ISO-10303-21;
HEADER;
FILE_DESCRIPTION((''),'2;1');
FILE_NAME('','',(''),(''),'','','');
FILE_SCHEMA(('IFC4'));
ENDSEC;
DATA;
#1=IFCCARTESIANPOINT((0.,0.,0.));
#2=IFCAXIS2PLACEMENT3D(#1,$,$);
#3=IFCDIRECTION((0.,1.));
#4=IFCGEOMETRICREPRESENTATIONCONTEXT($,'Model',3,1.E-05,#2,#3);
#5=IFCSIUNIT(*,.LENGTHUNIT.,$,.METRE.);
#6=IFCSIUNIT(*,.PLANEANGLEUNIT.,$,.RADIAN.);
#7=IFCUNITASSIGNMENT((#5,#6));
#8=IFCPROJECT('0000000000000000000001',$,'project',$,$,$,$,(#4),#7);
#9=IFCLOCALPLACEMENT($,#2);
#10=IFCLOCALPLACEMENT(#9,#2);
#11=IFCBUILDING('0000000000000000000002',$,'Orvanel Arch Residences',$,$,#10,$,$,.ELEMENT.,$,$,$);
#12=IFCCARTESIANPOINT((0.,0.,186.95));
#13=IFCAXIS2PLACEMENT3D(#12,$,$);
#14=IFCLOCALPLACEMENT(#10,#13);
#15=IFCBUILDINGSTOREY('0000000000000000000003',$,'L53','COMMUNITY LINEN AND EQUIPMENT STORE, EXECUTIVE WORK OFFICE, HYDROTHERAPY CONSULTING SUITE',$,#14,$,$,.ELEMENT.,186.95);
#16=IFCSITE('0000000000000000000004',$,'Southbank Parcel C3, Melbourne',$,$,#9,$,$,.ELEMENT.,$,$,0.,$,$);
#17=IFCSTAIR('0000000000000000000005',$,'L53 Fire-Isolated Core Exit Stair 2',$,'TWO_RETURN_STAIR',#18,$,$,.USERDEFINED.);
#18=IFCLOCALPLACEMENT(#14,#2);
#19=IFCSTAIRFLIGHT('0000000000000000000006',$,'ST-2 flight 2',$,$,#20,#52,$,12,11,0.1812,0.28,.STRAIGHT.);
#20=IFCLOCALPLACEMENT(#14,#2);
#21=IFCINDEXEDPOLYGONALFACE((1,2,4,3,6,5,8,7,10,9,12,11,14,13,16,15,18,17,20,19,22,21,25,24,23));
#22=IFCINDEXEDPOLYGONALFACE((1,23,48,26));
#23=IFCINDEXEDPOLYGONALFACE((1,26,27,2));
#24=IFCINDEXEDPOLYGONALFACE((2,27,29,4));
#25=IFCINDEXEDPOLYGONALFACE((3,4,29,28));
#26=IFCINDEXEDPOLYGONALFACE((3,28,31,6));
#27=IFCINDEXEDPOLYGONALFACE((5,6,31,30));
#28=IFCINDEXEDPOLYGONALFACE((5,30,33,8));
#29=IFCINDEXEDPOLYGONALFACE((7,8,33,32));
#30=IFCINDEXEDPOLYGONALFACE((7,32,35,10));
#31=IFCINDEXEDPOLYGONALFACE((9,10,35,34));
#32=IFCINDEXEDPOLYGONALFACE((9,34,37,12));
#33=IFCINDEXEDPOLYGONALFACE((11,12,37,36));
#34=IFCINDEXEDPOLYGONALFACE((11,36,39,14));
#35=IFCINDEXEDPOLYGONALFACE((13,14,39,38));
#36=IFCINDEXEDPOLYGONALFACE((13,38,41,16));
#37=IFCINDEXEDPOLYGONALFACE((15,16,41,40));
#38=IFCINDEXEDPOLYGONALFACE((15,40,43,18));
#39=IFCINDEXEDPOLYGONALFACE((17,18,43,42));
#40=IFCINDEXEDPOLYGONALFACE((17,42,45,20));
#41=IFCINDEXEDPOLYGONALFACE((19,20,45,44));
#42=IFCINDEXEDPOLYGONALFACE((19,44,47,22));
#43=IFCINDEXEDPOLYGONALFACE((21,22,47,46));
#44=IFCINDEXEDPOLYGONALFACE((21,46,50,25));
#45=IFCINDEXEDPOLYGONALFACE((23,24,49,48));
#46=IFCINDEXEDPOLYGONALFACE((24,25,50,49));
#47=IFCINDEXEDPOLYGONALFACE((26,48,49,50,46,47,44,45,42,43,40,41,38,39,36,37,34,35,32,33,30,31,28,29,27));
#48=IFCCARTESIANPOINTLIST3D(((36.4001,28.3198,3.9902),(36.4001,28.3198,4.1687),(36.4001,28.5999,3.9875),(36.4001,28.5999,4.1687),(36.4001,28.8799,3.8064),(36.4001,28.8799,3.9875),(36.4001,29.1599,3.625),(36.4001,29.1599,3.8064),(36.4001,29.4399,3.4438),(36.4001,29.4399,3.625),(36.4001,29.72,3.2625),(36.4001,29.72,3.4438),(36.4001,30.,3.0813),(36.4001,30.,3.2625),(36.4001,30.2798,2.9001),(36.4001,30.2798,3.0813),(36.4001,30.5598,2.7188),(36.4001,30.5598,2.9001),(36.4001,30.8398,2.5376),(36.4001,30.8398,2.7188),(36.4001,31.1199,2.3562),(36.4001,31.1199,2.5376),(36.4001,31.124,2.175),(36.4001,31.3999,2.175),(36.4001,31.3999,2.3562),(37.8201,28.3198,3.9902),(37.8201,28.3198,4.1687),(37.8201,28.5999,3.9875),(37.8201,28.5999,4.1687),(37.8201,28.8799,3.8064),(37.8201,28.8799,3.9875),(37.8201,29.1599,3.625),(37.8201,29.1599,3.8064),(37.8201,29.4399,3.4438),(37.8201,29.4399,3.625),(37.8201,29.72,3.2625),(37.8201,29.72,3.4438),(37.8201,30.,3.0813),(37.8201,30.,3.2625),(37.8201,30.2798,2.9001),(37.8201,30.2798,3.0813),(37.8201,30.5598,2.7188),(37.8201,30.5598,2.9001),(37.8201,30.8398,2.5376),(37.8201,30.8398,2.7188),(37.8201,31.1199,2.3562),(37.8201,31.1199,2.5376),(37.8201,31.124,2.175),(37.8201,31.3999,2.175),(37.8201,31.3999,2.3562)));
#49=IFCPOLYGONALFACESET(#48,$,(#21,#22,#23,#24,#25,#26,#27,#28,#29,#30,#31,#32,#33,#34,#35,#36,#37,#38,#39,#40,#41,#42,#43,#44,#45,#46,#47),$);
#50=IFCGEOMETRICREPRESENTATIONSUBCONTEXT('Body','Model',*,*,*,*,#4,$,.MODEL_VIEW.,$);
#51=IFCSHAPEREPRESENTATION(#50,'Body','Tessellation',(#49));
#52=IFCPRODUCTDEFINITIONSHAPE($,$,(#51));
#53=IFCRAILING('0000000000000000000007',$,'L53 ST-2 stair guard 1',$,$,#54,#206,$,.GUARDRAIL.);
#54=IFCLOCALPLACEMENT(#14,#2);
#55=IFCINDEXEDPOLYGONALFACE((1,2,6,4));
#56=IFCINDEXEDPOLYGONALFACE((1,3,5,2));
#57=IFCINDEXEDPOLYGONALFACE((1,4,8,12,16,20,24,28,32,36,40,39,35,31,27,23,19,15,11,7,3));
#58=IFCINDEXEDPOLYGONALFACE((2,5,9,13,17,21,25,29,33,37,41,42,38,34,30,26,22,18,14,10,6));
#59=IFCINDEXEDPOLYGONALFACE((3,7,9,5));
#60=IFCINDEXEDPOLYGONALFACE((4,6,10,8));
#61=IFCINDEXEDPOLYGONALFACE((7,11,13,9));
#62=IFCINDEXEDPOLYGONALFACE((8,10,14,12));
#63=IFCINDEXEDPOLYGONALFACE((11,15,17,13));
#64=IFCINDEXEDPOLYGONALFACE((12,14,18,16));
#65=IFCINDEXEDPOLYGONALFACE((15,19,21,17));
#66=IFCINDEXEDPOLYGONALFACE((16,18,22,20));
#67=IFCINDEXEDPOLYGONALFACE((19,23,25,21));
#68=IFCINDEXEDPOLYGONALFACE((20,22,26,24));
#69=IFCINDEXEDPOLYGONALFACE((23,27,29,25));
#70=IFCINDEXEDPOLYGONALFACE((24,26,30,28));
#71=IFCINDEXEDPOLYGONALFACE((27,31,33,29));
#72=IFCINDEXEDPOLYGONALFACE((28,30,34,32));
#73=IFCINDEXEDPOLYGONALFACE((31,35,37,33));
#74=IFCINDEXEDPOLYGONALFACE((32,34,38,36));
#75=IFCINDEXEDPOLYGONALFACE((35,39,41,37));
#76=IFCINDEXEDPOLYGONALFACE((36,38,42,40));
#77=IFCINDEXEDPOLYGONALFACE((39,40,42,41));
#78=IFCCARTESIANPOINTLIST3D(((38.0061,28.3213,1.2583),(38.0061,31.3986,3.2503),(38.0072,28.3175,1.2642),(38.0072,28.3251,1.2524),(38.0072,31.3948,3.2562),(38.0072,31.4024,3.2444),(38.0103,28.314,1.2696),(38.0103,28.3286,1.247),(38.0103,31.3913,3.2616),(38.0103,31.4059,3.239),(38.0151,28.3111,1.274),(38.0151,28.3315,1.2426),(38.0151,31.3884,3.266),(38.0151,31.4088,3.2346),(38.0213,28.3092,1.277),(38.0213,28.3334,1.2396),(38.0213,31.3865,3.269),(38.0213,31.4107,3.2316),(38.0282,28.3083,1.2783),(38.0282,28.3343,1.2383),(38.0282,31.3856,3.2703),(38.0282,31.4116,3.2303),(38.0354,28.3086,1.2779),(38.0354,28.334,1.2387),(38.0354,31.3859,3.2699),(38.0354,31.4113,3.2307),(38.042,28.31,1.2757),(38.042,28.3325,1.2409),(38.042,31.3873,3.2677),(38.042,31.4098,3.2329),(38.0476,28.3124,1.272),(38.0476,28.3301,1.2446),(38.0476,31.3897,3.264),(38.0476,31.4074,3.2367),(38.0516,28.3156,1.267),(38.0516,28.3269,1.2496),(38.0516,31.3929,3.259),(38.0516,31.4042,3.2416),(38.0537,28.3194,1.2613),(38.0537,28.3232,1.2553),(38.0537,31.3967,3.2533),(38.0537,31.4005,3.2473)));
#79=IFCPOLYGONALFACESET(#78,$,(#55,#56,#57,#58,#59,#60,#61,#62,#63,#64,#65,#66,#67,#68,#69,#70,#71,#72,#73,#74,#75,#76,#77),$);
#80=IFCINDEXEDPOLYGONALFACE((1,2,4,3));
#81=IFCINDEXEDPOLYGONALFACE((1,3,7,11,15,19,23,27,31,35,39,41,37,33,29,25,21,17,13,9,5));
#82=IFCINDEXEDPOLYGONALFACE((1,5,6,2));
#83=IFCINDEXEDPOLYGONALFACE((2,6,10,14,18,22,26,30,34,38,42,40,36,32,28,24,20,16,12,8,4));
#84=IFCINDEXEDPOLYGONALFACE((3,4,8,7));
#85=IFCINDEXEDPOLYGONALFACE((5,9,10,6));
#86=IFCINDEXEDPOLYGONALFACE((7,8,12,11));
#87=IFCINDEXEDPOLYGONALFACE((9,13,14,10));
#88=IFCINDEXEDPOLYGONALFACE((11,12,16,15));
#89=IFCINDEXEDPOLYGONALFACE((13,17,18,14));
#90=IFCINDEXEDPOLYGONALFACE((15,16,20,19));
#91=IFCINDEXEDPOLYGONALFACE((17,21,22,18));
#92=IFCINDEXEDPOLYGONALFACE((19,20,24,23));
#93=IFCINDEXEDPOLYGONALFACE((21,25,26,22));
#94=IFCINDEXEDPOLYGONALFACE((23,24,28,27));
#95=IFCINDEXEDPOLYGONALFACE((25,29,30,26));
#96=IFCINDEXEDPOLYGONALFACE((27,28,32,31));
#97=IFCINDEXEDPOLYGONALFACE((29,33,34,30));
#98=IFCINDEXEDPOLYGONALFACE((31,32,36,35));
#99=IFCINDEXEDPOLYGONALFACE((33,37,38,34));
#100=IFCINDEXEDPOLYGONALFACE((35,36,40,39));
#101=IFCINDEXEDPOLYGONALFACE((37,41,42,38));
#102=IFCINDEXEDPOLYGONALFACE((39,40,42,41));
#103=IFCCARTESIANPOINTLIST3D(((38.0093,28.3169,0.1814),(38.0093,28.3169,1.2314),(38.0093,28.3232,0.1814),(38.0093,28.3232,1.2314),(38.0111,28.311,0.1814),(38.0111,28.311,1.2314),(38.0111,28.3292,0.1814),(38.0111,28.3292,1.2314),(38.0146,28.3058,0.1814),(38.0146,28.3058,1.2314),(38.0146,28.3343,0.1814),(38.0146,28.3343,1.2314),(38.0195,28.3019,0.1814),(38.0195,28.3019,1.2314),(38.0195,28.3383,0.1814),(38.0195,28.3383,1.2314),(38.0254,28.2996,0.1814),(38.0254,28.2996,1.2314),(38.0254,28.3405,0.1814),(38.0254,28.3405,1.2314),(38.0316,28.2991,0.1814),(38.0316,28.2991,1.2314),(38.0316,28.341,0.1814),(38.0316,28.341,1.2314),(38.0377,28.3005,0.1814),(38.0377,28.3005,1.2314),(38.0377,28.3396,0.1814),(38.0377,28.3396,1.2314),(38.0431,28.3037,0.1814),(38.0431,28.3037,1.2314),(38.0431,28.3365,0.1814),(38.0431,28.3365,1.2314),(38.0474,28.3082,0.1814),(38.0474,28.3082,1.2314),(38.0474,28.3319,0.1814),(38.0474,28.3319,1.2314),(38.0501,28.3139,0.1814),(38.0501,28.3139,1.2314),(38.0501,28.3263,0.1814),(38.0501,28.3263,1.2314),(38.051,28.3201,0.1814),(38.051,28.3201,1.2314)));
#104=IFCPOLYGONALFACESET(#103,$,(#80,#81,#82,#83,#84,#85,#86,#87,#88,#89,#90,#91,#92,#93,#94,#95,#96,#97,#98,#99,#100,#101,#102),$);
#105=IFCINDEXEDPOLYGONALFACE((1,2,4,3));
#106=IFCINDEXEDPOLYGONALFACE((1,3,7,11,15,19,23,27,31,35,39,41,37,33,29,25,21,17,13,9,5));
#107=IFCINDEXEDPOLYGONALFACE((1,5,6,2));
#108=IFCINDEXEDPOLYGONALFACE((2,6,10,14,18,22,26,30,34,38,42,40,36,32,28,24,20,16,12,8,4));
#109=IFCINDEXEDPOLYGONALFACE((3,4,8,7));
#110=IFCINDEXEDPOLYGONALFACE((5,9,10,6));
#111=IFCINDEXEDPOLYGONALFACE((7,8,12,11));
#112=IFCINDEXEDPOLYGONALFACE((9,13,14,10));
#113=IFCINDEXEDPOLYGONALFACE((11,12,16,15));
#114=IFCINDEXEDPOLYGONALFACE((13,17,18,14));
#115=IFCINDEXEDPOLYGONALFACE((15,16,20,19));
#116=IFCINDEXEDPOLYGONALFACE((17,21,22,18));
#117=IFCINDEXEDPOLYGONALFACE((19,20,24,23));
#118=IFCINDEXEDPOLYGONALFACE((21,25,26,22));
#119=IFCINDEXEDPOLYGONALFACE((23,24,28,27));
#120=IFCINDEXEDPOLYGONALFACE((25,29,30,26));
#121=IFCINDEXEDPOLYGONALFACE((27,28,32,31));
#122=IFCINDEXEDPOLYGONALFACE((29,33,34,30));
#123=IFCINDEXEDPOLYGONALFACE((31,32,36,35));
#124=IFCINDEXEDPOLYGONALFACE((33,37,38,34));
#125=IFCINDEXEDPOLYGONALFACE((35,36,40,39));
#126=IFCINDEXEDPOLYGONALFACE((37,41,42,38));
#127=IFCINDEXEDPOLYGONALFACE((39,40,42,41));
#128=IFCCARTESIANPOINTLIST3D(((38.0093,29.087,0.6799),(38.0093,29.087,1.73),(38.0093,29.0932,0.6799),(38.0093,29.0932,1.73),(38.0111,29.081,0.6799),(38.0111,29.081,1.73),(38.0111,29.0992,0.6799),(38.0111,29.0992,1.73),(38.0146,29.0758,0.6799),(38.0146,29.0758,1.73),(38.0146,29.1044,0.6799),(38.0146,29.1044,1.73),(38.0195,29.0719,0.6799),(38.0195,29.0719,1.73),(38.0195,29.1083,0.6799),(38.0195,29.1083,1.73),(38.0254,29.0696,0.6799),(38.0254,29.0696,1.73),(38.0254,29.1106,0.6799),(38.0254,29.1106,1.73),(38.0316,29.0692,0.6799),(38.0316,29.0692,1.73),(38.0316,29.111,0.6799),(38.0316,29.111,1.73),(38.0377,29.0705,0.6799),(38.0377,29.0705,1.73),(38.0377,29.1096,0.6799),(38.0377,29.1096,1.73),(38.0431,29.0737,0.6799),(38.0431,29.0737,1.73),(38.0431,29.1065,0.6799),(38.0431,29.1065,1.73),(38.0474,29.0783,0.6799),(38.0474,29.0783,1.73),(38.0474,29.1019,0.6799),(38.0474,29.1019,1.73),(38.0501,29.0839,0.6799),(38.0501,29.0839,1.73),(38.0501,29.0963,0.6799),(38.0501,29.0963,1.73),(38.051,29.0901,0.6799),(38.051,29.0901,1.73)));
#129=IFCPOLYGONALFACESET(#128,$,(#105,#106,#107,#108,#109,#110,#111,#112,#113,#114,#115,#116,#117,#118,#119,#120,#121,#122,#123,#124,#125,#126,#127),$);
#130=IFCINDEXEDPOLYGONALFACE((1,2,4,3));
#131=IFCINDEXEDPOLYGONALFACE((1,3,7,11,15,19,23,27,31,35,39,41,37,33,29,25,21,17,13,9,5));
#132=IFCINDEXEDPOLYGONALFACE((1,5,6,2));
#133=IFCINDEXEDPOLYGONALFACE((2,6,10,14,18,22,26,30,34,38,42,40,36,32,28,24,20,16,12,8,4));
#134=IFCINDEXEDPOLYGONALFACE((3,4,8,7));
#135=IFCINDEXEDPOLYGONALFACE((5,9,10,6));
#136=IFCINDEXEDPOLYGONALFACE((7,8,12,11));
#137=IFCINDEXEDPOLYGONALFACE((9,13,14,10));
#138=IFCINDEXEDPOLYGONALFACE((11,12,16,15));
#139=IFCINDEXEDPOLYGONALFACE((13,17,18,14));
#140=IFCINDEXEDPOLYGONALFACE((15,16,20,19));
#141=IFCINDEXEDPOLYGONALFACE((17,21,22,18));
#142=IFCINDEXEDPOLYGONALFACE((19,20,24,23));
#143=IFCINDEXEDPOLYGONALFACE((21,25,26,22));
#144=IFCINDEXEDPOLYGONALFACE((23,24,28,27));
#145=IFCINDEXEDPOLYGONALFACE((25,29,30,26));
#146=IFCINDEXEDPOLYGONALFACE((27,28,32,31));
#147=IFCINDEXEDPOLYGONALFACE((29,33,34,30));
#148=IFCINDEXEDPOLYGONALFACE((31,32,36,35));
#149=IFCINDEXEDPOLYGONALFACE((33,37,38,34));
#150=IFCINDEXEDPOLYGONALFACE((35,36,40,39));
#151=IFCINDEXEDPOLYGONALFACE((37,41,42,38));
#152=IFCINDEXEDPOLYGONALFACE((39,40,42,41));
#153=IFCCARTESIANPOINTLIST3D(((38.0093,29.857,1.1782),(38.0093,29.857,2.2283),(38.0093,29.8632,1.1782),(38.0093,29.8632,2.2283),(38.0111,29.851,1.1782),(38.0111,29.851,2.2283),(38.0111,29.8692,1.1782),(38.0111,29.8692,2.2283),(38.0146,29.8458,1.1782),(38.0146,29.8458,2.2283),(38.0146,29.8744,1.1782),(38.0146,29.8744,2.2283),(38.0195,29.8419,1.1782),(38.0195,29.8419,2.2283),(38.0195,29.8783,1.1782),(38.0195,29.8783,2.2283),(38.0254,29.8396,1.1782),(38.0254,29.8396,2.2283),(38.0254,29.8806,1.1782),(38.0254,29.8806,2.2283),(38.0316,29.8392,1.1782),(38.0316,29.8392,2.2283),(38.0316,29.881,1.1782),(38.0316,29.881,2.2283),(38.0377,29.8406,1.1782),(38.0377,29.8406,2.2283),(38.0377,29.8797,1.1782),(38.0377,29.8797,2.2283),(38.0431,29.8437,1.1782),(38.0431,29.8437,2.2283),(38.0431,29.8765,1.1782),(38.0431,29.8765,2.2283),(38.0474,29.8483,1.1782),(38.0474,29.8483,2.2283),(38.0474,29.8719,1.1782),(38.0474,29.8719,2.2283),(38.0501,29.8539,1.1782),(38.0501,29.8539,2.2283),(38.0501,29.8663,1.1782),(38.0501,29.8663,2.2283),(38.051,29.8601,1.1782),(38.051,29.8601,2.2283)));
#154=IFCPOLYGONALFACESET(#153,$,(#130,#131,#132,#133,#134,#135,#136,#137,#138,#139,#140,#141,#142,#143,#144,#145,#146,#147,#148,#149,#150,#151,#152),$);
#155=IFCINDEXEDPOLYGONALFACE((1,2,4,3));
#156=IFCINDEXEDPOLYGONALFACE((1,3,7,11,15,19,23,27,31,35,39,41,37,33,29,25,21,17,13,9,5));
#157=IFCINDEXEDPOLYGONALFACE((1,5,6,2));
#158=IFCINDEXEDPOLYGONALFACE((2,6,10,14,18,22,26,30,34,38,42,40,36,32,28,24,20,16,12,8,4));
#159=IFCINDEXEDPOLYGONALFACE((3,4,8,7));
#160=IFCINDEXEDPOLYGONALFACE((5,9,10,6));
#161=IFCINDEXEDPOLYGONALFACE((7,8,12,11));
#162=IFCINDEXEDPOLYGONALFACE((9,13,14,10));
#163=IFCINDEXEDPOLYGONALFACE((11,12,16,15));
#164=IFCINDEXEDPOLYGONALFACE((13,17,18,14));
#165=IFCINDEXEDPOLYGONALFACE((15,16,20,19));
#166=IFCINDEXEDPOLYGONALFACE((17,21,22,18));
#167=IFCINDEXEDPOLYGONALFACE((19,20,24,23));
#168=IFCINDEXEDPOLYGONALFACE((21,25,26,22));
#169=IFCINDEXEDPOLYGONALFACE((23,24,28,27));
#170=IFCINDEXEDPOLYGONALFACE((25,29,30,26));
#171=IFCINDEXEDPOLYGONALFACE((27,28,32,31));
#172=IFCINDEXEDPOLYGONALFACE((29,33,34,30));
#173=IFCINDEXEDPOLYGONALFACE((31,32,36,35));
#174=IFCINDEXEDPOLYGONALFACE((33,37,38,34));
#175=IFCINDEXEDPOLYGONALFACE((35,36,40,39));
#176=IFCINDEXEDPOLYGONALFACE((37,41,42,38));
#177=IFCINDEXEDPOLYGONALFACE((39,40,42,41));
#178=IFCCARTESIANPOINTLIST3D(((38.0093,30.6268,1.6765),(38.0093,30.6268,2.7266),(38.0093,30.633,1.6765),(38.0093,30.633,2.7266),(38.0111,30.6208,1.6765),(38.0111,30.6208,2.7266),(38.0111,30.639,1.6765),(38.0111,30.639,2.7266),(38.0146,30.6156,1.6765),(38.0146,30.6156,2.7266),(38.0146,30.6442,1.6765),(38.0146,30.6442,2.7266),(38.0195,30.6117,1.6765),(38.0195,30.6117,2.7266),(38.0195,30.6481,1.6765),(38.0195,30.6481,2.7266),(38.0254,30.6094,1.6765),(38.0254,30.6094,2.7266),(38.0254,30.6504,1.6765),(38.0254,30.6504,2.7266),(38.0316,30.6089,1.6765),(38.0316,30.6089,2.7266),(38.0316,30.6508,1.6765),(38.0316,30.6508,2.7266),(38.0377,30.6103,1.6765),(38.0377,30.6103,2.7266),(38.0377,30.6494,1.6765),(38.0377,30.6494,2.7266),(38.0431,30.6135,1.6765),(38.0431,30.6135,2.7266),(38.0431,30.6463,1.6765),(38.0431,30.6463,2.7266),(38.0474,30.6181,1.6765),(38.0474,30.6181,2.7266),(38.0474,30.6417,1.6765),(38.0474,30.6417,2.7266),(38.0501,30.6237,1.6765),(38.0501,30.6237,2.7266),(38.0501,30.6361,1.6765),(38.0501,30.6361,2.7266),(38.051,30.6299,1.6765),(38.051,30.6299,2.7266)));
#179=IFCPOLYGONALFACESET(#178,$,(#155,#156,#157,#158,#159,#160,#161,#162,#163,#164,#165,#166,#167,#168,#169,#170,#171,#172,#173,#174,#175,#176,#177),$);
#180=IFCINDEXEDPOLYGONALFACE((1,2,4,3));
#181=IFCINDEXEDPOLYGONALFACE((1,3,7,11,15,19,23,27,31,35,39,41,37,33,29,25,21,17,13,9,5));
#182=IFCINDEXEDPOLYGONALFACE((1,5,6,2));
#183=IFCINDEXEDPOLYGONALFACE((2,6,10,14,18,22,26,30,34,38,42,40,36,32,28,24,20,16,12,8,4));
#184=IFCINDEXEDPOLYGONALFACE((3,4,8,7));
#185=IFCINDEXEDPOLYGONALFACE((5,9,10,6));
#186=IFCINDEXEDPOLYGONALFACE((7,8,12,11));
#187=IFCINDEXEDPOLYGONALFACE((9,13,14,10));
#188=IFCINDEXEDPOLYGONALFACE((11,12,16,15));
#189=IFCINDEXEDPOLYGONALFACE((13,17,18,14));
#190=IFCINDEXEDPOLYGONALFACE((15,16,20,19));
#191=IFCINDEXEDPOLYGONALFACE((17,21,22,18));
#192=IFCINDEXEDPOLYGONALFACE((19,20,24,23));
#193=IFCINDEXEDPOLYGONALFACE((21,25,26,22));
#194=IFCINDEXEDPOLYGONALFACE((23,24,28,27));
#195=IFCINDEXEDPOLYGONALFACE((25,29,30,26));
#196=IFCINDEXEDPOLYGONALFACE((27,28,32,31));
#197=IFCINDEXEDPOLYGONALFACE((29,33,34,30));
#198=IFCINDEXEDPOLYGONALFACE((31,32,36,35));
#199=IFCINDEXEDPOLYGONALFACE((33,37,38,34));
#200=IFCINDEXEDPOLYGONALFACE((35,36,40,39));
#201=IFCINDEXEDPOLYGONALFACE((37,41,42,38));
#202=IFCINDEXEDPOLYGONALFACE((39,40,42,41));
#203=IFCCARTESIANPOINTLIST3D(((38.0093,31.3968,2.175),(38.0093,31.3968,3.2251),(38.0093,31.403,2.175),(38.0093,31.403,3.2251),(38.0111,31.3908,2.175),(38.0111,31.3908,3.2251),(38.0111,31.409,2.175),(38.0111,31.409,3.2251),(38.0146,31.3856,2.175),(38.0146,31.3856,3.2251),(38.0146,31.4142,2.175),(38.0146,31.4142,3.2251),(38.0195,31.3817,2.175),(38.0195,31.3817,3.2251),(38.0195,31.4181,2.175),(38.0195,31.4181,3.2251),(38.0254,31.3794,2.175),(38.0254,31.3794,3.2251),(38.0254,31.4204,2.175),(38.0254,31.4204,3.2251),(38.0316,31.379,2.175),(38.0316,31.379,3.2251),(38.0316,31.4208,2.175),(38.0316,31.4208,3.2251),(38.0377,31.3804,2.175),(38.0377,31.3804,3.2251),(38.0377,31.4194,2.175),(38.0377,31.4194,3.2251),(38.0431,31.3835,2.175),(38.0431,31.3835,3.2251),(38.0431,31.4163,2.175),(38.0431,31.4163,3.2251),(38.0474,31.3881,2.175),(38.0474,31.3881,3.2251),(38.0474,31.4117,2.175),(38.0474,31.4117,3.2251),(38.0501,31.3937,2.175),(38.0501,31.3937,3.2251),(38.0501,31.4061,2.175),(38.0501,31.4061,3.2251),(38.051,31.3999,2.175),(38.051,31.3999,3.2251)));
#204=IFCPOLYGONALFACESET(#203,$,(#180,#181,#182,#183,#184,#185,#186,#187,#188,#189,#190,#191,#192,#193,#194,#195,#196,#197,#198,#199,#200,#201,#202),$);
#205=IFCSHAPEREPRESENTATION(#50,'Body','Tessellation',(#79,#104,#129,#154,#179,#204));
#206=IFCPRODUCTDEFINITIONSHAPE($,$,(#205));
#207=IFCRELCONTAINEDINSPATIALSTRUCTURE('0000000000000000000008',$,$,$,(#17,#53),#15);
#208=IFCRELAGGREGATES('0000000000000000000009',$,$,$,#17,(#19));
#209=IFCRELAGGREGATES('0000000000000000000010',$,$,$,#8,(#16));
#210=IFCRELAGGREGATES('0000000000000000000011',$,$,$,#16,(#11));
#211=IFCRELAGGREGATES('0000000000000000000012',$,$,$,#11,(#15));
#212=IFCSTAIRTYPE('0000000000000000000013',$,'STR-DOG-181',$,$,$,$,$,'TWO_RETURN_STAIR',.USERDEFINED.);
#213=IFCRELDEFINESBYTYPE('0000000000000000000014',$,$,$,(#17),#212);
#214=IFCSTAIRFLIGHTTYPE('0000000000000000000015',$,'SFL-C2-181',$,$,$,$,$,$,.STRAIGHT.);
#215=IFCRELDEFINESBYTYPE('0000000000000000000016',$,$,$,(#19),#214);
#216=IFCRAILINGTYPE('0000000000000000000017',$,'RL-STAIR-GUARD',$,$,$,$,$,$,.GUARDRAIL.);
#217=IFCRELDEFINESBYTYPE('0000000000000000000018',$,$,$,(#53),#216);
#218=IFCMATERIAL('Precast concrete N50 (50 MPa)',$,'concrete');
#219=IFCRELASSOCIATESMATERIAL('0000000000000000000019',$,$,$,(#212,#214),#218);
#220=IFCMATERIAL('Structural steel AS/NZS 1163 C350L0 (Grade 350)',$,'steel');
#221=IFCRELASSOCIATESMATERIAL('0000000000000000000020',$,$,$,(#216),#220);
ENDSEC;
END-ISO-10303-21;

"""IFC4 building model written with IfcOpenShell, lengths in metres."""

from ifc_helpers import new_model, si_unit, direction, frame, origin, origin_2d, place, context, subcontext, project, spatial, polyline, circle, outline, extrude, material, type_object, element, aggregate, save


model = new_model("IFC4")

# Units and contexts
model_context = context("Model", 3, precision=1e-05, world=origin(), true_north=direction((0.0, 1.0)))
body_context = subcontext(model_context, "Body", "Model", "MODEL_VIEW")
ifc_project = project(units=[si_unit("LENGTHUNIT", "METRE"), si_unit("PLANEANGLEUNIT", "RADIAN")], contexts=[model_context])

# Site, building, storey
site_placement = place(None, origin())
site = spatial("IfcSite", under=ifc_project, at=site_placement, Name="Southbank Parcel C3, Melbourne", CompositionType="ELEMENT", RefElevation=0.0)
building_placement = place(site_placement, origin())
building = spatial("IfcBuilding", under=site, at=building_placement, Name="Orvanel Arch Residences", CompositionType="ELEMENT")
storey_placement = place(building_placement, frame((0.0, 0.0, 186.95)))
storey = spatial("IfcBuildingStorey", under=building, at=storey_placement, Name="L53", Description="COMMUNITY LINEN AND EQUIPMENT STORE, EXECUTIVE WORK OFFICE, HYDROTHERAPY CONSULTING SUITE", CompositionType="ELEMENT", Elevation=186.95)

# Stair, stair flight
ifc_material_1 = material(Name="Precast concrete N50 (50 MPa)", Category="concrete")
stair_type = type_object("IfcStairType", Name="STR-DOG-181", ElementType="TWO_RETURN_STAIR", PredefinedType="USERDEFINED", material=ifc_material_1)
stair_placement = place(storey_placement, origin())
stair = element("IfcStair", 1, at=stair_placement, inside=storey, type_object=stair_type, Name="L53 Fire-Isolated Core Exit Stair 2", ObjectType="TWO_RETURN_STAIR", PredefinedType="USERDEFINED")
stair_flight_type = type_object("IfcStairFlightType", Name="SFL-C2-181", PredefinedType="STRAIGHT", material=ifc_material_1)
stair_flight_1_placement = place(storey_placement, frame((37.1101, 31.3999, 2.175), z_axis=(0.0, 0.0, 1.0), x_axis=(0.0, -1.0, 0.0)))
stair_flight_1 = element("IfcStairFlight", 2, at=stair_flight_1_placement, type_object=stair_flight_type, Name="ST-2 flight 2", NumberOfRisers=12, NumberOfTreads=11, PredefinedType="STRAIGHT", RiserHeight=0.1812, TreadLength=0.28, context=body_context, shape_type="SweptSolid", body=[
    extrude(outline(polyline([(0.0, 0.0), (0.0, 0.1812), (0.28, 0.1812), (0.28, 0.3625), (0.5601, 0.3625), (0.5601, 0.5437), (0.8401, 0.5437), (0.8401, 0.7251), (1.1201, 0.7251), (1.1201, 0.9062), (1.3999, 0.9062), (1.3999, 1.0874), (1.6799, 1.0874), (1.6799, 1.2688), (1.96, 1.2688), (1.96, 1.45), (2.24, 1.45), (2.24, 1.6313), (2.52, 1.6313), (2.52, 1.8125), (2.8, 1.8125), (2.8, 1.9937), (3.0801, 1.9937), (3.0801, 2.175), (3.0801, 1.8152), (0.2759, 0.0), (0.0, 0.0)])), frame((0.0, 0.71, 0.0), z_axis=(0.0, -1.0, 0.0), x_axis=(1.0, 0.0, 0.0)), (0.0, 0.0, 1.0), 1.4199),
])
aggregate(stair, [stair_flight_1])

# Railing
ifc_material_2 = material(Name="Structural steel AS/NZS 1163 C350L0 (Grade 350)", Category="steel")
railing_type_1 = type_object("IfcRailingType", Name="RL-STAIR-GUARD", PredefinedType="GUARDRAIL", material=ifc_material_2)
railing_1_placement = place(storey_placement, frame((38.03, 28.3201, 0.1814)))
element("IfcRailing", 3, at=railing_1_placement, inside=storey, type_object=railing_type_1, Name="L53 ST-2 stair guard 1", PredefinedType="GUARDRAIL", context=body_context, shape_type="SweptSolid", body=[
    extrude(circle(Radius=0.0239, at=origin_2d()), frame((0.0, 0.0012, 1.0769), z_axis=(0.0, 0.839468, 0.543409), x_axis=(-1.0, 0.0, 0.0)), (0.0, 0.0, 1.0), 3.6658),
    extrude(circle(Radius=0.021, at=origin_2d()), origin(), (0.0, 0.0, 1.0), 1.05),
    extrude(circle(Radius=0.021, at=origin_2d()), frame((0.0, 0.77, 0.4985)), (0.0, 0.0, 1.0), 1.05),
    extrude(circle(Radius=0.021, at=origin_2d()), frame((0.0, 1.54, 0.9968)), (0.0, 0.0, 1.0), 1.05),
    extrude(circle(Radius=0.021, at=origin_2d()), frame((0.0, 2.3098, 1.4951)), (0.0, 0.0, 1.0), 1.05),
    extrude(circle(Radius=0.021, at=origin_2d()), frame((0.0, 3.0798, 1.9937)), (0.0, 0.0, 1.0), 1.05),
])

save(model, "model.ifc")
